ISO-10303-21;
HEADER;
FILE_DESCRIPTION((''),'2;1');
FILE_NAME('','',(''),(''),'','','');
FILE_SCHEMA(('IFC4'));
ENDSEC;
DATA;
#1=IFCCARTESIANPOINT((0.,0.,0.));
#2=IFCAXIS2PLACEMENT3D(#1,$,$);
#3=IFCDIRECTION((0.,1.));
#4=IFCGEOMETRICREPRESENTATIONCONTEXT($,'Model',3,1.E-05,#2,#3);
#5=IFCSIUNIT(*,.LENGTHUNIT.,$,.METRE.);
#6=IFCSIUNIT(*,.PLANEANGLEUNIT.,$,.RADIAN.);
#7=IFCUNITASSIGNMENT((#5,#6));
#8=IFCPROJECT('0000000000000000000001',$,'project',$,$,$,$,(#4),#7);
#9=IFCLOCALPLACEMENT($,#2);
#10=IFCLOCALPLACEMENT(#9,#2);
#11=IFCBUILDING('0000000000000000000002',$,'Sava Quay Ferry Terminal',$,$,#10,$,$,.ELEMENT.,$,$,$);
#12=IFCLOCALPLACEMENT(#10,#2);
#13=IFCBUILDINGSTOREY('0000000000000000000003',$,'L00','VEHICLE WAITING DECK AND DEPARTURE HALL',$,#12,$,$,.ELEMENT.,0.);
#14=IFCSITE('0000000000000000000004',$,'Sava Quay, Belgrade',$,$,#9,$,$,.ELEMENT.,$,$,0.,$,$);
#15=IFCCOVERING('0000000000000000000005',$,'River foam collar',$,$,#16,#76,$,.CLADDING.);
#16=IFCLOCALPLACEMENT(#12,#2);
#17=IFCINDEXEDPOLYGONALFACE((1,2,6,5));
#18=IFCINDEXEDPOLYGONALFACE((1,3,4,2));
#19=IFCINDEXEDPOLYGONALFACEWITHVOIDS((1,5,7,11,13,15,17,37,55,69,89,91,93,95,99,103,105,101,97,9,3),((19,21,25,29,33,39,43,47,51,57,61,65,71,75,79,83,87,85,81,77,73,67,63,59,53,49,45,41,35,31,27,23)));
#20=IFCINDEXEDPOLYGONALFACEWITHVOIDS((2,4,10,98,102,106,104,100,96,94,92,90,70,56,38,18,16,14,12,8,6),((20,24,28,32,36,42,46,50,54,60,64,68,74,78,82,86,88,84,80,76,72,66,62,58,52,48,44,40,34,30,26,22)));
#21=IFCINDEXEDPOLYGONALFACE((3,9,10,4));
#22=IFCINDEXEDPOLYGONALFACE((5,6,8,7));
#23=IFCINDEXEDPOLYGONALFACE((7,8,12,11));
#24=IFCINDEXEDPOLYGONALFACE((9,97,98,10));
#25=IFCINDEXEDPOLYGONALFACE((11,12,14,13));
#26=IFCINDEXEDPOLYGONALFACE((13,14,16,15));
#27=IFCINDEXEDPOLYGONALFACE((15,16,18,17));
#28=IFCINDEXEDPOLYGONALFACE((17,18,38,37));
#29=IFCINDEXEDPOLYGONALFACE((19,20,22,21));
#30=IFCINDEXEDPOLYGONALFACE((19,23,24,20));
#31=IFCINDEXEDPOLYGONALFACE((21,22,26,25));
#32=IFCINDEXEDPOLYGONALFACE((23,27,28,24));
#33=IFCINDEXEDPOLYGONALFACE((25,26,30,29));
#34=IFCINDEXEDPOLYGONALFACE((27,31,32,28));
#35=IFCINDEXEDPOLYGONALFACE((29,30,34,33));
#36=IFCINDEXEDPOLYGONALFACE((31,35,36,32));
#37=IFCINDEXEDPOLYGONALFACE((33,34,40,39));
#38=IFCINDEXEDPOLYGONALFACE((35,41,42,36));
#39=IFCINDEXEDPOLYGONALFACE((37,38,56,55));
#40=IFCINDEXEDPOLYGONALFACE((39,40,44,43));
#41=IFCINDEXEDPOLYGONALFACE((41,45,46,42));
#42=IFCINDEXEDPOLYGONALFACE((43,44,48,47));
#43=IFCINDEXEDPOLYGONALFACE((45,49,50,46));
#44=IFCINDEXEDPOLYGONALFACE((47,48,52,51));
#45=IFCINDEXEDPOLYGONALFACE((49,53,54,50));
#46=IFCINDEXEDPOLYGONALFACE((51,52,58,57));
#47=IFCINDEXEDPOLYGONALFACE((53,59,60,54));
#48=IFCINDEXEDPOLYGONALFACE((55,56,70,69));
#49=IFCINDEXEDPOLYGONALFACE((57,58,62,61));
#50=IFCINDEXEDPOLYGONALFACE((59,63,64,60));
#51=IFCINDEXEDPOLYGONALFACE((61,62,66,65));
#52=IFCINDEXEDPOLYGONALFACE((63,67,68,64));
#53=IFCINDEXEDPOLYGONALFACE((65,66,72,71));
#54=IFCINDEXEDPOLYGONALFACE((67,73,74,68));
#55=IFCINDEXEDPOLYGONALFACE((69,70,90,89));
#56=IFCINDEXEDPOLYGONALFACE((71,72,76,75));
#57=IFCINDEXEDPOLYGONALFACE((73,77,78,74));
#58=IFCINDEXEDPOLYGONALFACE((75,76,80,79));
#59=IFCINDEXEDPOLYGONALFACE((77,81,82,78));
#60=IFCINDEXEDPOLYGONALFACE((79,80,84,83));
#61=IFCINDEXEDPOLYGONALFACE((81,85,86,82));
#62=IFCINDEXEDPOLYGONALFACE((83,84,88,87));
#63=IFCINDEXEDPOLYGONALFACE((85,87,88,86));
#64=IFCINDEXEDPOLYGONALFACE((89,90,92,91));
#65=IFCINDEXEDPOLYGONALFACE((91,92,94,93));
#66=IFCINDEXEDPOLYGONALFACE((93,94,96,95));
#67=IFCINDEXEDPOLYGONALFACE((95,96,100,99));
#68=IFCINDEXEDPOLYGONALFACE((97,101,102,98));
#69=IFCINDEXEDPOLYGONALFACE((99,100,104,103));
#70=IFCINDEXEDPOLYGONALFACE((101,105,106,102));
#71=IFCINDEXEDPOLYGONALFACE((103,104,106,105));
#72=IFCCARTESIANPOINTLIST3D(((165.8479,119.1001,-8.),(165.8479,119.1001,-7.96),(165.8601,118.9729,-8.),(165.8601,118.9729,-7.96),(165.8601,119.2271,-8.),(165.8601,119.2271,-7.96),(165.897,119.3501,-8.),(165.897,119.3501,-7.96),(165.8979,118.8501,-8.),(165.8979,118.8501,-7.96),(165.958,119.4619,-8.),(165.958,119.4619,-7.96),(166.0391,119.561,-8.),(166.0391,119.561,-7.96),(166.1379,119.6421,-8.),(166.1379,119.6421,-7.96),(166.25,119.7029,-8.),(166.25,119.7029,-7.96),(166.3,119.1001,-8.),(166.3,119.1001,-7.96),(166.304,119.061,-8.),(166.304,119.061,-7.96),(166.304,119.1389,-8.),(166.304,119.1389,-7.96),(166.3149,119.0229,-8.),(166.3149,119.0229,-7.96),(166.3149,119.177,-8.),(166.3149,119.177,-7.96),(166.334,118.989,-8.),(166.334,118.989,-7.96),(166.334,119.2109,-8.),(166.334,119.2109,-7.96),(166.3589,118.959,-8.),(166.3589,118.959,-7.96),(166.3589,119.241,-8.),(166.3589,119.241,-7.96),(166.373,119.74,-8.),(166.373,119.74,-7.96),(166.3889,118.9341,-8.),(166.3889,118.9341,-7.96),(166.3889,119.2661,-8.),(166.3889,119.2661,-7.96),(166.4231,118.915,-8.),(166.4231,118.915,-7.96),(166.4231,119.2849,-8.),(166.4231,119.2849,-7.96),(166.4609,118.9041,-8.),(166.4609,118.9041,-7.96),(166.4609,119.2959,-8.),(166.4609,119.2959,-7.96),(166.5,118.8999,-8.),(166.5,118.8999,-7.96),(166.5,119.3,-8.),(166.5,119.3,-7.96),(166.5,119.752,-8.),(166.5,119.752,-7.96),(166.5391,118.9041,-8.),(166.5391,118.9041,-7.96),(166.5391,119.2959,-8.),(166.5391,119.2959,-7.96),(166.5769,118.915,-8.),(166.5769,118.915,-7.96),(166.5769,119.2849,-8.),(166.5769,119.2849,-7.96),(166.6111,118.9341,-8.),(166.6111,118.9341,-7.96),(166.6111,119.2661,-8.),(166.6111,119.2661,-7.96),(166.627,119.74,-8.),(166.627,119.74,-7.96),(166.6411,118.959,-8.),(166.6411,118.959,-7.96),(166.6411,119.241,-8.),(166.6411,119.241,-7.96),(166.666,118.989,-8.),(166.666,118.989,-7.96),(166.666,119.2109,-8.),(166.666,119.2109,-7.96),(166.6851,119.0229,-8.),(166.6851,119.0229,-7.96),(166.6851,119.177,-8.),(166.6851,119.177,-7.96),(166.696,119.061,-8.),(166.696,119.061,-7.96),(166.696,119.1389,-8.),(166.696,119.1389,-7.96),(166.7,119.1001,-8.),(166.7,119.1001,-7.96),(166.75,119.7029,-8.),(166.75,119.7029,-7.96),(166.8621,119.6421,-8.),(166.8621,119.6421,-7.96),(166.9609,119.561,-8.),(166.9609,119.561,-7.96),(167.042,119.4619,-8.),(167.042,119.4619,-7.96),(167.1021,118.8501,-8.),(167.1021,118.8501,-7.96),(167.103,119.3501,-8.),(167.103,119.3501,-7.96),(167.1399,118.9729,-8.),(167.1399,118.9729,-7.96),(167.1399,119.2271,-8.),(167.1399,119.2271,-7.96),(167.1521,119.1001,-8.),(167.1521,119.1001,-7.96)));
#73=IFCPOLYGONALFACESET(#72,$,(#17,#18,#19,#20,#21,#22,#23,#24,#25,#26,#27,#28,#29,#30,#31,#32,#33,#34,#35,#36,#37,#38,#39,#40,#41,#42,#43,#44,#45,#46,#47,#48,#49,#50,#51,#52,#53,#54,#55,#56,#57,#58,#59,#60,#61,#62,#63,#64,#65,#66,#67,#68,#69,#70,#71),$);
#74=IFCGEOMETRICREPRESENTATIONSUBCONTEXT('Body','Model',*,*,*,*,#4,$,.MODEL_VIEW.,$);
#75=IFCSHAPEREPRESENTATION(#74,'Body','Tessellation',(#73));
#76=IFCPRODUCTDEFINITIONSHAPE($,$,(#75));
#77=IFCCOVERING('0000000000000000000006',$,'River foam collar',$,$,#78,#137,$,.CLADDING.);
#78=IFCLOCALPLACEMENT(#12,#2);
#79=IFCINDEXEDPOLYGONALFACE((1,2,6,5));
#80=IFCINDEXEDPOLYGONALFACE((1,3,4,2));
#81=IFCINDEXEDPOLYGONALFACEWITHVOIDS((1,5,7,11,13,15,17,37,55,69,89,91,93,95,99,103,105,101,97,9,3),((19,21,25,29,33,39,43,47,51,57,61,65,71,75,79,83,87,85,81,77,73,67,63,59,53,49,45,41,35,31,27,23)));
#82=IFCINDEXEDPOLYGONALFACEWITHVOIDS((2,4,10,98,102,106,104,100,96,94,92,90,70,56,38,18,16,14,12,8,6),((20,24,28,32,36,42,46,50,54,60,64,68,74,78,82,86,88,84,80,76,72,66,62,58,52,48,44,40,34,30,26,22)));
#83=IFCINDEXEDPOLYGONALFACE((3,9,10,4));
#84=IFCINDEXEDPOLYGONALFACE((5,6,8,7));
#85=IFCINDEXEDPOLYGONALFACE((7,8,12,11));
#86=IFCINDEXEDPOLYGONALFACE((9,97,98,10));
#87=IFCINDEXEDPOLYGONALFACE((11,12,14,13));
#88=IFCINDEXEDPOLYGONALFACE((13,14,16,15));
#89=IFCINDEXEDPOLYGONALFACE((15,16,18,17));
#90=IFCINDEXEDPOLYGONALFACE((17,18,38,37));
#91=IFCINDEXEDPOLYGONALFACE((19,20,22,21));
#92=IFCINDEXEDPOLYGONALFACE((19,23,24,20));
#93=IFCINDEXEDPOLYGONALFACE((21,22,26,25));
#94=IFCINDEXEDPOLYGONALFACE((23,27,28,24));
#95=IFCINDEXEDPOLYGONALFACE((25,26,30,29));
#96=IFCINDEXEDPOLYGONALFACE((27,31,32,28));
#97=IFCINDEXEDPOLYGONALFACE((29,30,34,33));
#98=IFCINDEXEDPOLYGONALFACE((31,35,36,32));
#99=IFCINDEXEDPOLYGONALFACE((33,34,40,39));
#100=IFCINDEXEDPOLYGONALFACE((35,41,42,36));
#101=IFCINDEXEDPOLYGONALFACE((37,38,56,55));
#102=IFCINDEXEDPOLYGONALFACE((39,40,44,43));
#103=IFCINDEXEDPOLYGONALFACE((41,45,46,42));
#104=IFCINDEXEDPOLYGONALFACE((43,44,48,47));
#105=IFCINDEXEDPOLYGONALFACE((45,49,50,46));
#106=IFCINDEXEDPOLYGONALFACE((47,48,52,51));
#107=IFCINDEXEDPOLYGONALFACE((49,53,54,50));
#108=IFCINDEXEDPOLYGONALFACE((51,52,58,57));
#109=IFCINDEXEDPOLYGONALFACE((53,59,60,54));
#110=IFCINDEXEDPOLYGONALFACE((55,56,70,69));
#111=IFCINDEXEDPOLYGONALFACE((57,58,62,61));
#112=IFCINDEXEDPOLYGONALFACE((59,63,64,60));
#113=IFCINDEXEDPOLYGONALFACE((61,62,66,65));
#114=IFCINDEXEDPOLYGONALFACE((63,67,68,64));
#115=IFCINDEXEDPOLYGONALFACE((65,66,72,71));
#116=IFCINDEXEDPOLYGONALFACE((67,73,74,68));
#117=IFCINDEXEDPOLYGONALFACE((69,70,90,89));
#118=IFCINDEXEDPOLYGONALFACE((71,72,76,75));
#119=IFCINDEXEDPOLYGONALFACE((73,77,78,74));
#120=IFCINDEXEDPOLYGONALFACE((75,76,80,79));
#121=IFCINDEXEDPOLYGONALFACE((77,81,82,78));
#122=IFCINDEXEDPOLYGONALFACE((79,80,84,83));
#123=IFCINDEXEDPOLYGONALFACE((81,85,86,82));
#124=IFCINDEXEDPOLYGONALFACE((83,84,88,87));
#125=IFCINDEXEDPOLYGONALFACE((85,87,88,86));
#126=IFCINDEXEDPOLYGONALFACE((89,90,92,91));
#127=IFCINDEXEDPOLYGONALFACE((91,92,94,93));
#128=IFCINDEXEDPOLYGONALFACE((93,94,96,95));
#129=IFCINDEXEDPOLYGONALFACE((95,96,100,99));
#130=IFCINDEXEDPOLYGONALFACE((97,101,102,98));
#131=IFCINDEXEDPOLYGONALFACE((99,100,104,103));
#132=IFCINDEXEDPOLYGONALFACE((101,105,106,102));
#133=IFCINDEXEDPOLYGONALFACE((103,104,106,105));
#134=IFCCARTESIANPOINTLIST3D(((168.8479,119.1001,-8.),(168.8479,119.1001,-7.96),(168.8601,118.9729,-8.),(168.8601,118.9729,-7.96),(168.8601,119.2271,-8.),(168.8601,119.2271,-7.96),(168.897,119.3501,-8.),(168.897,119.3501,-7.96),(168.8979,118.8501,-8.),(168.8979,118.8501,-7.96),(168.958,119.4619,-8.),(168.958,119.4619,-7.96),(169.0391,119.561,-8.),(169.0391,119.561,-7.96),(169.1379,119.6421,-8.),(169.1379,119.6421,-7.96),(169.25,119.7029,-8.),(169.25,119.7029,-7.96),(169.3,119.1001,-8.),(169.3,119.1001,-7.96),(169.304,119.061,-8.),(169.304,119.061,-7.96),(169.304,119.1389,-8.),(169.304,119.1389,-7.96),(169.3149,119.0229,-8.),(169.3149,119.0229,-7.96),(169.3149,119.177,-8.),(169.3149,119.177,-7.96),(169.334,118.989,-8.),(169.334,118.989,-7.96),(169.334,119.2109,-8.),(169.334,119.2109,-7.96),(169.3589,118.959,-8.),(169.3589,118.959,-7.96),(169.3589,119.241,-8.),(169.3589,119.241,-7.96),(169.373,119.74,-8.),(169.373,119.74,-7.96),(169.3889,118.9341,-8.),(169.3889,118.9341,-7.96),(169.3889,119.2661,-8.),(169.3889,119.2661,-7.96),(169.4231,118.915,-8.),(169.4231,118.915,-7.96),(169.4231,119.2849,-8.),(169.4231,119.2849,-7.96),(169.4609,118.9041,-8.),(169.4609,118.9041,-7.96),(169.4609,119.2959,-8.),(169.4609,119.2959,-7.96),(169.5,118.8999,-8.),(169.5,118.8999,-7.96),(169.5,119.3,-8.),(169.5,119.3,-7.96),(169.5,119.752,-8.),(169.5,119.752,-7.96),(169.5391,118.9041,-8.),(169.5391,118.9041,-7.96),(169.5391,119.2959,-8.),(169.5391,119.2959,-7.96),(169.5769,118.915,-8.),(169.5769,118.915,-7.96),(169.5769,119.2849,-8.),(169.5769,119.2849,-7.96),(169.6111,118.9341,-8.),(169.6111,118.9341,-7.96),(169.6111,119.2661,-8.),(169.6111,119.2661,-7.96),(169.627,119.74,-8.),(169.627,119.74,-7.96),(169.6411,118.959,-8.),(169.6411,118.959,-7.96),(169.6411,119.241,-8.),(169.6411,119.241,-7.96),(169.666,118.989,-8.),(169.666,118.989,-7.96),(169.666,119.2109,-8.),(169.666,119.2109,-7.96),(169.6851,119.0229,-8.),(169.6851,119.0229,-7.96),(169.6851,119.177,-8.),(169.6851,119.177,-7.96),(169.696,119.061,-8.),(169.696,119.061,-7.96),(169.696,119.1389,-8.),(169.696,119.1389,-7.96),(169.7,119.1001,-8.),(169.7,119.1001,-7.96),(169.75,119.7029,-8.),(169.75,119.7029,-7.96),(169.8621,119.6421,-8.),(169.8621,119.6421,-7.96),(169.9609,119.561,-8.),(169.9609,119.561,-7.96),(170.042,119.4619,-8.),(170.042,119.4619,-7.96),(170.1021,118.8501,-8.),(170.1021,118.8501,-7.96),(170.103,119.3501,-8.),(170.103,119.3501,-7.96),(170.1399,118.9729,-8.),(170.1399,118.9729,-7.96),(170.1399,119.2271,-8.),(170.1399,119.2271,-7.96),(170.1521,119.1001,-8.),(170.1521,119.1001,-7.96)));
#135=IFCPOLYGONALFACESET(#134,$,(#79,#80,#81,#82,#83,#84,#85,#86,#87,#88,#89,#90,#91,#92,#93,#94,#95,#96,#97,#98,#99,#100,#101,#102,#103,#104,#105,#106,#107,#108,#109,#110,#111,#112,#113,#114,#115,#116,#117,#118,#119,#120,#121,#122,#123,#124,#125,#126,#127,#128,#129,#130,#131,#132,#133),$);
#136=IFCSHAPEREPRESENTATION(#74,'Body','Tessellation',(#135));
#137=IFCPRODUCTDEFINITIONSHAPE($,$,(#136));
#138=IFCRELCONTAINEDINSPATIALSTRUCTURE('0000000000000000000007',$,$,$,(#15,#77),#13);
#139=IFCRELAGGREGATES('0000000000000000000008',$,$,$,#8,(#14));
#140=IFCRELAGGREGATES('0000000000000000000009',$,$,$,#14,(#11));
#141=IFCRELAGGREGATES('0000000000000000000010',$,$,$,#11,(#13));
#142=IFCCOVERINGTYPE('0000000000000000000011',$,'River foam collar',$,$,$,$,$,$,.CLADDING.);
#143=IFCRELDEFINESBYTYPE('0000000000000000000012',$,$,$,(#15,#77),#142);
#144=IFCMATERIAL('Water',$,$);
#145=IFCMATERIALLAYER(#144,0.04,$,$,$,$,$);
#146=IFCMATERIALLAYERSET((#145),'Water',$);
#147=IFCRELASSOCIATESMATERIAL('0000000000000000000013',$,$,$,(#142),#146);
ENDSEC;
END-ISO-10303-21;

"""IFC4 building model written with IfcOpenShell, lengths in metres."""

from ifc_helpers import new_model, si_unit, direction, frame, origin, place, context, subcontext, project, spatial, polyline, outline, extrude, material, layer, layer_set, type_object, element, save


model = new_model("IFC4")

# Units and contexts
model_context = context("Model", 3, precision=1e-05, world=origin(), true_north=direction((0.0, 1.0)))
body_context = subcontext(model_context, "Body", "Model", "MODEL_VIEW")
ifc_project = project(units=[si_unit("LENGTHUNIT", "METRE"), si_unit("PLANEANGLEUNIT", "RADIAN")], contexts=[model_context])

# Site, building, storey
site_placement = place(None, origin())
site = spatial("IfcSite", under=ifc_project, at=site_placement, Name="Sava Quay, Belgrade", CompositionType="ELEMENT", RefElevation=0.0)
building_placement = place(site_placement, origin())
building = spatial("IfcBuilding", under=site, at=building_placement, Name="Sava Quay Ferry Terminal", CompositionType="ELEMENT")
storey_placement = place(building_placement, origin())
storey = spatial("IfcBuildingStorey", under=building, at=storey_placement, Name="L00", Description="VEHICLE WAITING DECK AND DEPARTURE HALL", CompositionType="ELEMENT", Elevation=0.0)

# Coverings
ifc_material_1 = material(Name="Water")
ifc_layer_1 = layer(ifc_material_1, 0.04)
ifc_layer_set_1 = layer_set([ifc_layer_1], Name="Water")
covering_type_1 = type_object("IfcCoveringType", Name="River foam collar", PredefinedType="CLADDING", material=ifc_layer_set_1)
covering_1_placement = place(storey_placement, frame((0.0, 0.0, -8.0)))
element("IfcCovering", 1, at=covering_1_placement, inside=storey, type_object=covering_type_1, Name="River foam collar", PredefinedType="CLADDING", context=body_context, shape_type="SweptSolid", body=[
    extrude(outline(polyline([(165.8601, 118.9729), (165.8979, 118.8501), (167.1021, 118.8501), (167.1399, 118.9729), (167.1521, 119.1001), (167.1399, 119.2271), (167.103, 119.3501), (167.042, 119.4619), (166.9609, 119.561), (166.8621, 119.6421), (166.75, 119.7029), (166.627, 119.74), (166.5, 119.752), (166.373, 119.74), (166.25, 119.7029), (166.1379, 119.6421), (166.0391, 119.561), (165.958, 119.4619), (165.897, 119.3501), (165.8601, 119.2271), (165.8479, 119.1001), (165.8601, 118.9729)]), holes=[polyline([(166.3, 119.1001), (166.304, 119.1389), (166.3149, 119.177), (166.334, 119.2109), (166.3589, 119.241), (166.3889, 119.2661), (166.4231, 119.2849), (166.4609, 119.2959), (166.5, 119.3), (166.5391, 119.2959), (166.5769, 119.2849), (166.6111, 119.2661), (166.6411, 119.241), (166.666, 119.2109), (166.6851, 119.177), (166.696, 119.1389), (166.7, 119.1001), (166.696, 119.061), (166.6851, 119.0229), (166.666, 118.989), (166.6411, 118.959), (166.6111, 118.9341), (166.5769, 118.915), (166.5391, 118.9041), (166.5, 118.8999), (166.4609, 118.9041), (166.4231, 118.915), (166.3889, 118.9341), (166.3589, 118.959), (166.334, 118.989), (166.3149, 119.0229), (166.304, 119.061), (166.3, 119.1001)])]), origin(), (0.0, 0.0, 1.0), 0.04),
])
covering_2_placement = place(storey_placement, frame((0.0, 0.0, -8.0)))
element("IfcCovering", 2, at=covering_2_placement, inside=storey, type_object=covering_type_1, Name="River foam collar", PredefinedType="CLADDING", context=body_context, shape_type="SweptSolid", body=[
    extrude(outline(polyline([(168.8479, 119.1001), (168.8601, 118.9729), (168.8979, 118.8501), (170.1021, 118.8501), (170.1399, 118.9729), (170.1521, 119.1001), (170.1399, 119.2271), (170.103, 119.3501), (170.042, 119.4619), (169.9609, 119.561), (169.8621, 119.6421), (169.75, 119.7029), (169.627, 119.74), (169.5, 119.752), (169.373, 119.74), (169.25, 119.7029), (169.1379, 119.6421), (169.0391, 119.561), (168.958, 119.4619), (168.897, 119.3501), (168.8601, 119.2271), (168.8479, 119.1001)]), holes=[polyline([(169.304, 119.061), (169.3, 119.1001), (169.304, 119.1389), (169.3149, 119.177), (169.334, 119.2109), (169.3589, 119.241), (169.3889, 119.2661), (169.4231, 119.2849), (169.4609, 119.2959), (169.5, 119.3), (169.5391, 119.2959), (169.5769, 119.2849), (169.6111, 119.2661), (169.6411, 119.241), (169.666, 119.2109), (169.6851, 119.177), (169.696, 119.1389), (169.7, 119.1001), (169.696, 119.061), (169.6851, 119.0229), (169.666, 118.989), (169.6411, 118.959), (169.6111, 118.9341), (169.5769, 118.915), (169.5391, 118.9041), (169.5, 118.8999), (169.4609, 118.9041), (169.4231, 118.915), (169.3889, 118.9341), (169.3589, 118.959), (169.334, 118.989), (169.3149, 119.0229), (169.304, 119.061)])]), origin(), (0.0, 0.0, 1.0), 0.04),
])

save(model, "model.ifc")
